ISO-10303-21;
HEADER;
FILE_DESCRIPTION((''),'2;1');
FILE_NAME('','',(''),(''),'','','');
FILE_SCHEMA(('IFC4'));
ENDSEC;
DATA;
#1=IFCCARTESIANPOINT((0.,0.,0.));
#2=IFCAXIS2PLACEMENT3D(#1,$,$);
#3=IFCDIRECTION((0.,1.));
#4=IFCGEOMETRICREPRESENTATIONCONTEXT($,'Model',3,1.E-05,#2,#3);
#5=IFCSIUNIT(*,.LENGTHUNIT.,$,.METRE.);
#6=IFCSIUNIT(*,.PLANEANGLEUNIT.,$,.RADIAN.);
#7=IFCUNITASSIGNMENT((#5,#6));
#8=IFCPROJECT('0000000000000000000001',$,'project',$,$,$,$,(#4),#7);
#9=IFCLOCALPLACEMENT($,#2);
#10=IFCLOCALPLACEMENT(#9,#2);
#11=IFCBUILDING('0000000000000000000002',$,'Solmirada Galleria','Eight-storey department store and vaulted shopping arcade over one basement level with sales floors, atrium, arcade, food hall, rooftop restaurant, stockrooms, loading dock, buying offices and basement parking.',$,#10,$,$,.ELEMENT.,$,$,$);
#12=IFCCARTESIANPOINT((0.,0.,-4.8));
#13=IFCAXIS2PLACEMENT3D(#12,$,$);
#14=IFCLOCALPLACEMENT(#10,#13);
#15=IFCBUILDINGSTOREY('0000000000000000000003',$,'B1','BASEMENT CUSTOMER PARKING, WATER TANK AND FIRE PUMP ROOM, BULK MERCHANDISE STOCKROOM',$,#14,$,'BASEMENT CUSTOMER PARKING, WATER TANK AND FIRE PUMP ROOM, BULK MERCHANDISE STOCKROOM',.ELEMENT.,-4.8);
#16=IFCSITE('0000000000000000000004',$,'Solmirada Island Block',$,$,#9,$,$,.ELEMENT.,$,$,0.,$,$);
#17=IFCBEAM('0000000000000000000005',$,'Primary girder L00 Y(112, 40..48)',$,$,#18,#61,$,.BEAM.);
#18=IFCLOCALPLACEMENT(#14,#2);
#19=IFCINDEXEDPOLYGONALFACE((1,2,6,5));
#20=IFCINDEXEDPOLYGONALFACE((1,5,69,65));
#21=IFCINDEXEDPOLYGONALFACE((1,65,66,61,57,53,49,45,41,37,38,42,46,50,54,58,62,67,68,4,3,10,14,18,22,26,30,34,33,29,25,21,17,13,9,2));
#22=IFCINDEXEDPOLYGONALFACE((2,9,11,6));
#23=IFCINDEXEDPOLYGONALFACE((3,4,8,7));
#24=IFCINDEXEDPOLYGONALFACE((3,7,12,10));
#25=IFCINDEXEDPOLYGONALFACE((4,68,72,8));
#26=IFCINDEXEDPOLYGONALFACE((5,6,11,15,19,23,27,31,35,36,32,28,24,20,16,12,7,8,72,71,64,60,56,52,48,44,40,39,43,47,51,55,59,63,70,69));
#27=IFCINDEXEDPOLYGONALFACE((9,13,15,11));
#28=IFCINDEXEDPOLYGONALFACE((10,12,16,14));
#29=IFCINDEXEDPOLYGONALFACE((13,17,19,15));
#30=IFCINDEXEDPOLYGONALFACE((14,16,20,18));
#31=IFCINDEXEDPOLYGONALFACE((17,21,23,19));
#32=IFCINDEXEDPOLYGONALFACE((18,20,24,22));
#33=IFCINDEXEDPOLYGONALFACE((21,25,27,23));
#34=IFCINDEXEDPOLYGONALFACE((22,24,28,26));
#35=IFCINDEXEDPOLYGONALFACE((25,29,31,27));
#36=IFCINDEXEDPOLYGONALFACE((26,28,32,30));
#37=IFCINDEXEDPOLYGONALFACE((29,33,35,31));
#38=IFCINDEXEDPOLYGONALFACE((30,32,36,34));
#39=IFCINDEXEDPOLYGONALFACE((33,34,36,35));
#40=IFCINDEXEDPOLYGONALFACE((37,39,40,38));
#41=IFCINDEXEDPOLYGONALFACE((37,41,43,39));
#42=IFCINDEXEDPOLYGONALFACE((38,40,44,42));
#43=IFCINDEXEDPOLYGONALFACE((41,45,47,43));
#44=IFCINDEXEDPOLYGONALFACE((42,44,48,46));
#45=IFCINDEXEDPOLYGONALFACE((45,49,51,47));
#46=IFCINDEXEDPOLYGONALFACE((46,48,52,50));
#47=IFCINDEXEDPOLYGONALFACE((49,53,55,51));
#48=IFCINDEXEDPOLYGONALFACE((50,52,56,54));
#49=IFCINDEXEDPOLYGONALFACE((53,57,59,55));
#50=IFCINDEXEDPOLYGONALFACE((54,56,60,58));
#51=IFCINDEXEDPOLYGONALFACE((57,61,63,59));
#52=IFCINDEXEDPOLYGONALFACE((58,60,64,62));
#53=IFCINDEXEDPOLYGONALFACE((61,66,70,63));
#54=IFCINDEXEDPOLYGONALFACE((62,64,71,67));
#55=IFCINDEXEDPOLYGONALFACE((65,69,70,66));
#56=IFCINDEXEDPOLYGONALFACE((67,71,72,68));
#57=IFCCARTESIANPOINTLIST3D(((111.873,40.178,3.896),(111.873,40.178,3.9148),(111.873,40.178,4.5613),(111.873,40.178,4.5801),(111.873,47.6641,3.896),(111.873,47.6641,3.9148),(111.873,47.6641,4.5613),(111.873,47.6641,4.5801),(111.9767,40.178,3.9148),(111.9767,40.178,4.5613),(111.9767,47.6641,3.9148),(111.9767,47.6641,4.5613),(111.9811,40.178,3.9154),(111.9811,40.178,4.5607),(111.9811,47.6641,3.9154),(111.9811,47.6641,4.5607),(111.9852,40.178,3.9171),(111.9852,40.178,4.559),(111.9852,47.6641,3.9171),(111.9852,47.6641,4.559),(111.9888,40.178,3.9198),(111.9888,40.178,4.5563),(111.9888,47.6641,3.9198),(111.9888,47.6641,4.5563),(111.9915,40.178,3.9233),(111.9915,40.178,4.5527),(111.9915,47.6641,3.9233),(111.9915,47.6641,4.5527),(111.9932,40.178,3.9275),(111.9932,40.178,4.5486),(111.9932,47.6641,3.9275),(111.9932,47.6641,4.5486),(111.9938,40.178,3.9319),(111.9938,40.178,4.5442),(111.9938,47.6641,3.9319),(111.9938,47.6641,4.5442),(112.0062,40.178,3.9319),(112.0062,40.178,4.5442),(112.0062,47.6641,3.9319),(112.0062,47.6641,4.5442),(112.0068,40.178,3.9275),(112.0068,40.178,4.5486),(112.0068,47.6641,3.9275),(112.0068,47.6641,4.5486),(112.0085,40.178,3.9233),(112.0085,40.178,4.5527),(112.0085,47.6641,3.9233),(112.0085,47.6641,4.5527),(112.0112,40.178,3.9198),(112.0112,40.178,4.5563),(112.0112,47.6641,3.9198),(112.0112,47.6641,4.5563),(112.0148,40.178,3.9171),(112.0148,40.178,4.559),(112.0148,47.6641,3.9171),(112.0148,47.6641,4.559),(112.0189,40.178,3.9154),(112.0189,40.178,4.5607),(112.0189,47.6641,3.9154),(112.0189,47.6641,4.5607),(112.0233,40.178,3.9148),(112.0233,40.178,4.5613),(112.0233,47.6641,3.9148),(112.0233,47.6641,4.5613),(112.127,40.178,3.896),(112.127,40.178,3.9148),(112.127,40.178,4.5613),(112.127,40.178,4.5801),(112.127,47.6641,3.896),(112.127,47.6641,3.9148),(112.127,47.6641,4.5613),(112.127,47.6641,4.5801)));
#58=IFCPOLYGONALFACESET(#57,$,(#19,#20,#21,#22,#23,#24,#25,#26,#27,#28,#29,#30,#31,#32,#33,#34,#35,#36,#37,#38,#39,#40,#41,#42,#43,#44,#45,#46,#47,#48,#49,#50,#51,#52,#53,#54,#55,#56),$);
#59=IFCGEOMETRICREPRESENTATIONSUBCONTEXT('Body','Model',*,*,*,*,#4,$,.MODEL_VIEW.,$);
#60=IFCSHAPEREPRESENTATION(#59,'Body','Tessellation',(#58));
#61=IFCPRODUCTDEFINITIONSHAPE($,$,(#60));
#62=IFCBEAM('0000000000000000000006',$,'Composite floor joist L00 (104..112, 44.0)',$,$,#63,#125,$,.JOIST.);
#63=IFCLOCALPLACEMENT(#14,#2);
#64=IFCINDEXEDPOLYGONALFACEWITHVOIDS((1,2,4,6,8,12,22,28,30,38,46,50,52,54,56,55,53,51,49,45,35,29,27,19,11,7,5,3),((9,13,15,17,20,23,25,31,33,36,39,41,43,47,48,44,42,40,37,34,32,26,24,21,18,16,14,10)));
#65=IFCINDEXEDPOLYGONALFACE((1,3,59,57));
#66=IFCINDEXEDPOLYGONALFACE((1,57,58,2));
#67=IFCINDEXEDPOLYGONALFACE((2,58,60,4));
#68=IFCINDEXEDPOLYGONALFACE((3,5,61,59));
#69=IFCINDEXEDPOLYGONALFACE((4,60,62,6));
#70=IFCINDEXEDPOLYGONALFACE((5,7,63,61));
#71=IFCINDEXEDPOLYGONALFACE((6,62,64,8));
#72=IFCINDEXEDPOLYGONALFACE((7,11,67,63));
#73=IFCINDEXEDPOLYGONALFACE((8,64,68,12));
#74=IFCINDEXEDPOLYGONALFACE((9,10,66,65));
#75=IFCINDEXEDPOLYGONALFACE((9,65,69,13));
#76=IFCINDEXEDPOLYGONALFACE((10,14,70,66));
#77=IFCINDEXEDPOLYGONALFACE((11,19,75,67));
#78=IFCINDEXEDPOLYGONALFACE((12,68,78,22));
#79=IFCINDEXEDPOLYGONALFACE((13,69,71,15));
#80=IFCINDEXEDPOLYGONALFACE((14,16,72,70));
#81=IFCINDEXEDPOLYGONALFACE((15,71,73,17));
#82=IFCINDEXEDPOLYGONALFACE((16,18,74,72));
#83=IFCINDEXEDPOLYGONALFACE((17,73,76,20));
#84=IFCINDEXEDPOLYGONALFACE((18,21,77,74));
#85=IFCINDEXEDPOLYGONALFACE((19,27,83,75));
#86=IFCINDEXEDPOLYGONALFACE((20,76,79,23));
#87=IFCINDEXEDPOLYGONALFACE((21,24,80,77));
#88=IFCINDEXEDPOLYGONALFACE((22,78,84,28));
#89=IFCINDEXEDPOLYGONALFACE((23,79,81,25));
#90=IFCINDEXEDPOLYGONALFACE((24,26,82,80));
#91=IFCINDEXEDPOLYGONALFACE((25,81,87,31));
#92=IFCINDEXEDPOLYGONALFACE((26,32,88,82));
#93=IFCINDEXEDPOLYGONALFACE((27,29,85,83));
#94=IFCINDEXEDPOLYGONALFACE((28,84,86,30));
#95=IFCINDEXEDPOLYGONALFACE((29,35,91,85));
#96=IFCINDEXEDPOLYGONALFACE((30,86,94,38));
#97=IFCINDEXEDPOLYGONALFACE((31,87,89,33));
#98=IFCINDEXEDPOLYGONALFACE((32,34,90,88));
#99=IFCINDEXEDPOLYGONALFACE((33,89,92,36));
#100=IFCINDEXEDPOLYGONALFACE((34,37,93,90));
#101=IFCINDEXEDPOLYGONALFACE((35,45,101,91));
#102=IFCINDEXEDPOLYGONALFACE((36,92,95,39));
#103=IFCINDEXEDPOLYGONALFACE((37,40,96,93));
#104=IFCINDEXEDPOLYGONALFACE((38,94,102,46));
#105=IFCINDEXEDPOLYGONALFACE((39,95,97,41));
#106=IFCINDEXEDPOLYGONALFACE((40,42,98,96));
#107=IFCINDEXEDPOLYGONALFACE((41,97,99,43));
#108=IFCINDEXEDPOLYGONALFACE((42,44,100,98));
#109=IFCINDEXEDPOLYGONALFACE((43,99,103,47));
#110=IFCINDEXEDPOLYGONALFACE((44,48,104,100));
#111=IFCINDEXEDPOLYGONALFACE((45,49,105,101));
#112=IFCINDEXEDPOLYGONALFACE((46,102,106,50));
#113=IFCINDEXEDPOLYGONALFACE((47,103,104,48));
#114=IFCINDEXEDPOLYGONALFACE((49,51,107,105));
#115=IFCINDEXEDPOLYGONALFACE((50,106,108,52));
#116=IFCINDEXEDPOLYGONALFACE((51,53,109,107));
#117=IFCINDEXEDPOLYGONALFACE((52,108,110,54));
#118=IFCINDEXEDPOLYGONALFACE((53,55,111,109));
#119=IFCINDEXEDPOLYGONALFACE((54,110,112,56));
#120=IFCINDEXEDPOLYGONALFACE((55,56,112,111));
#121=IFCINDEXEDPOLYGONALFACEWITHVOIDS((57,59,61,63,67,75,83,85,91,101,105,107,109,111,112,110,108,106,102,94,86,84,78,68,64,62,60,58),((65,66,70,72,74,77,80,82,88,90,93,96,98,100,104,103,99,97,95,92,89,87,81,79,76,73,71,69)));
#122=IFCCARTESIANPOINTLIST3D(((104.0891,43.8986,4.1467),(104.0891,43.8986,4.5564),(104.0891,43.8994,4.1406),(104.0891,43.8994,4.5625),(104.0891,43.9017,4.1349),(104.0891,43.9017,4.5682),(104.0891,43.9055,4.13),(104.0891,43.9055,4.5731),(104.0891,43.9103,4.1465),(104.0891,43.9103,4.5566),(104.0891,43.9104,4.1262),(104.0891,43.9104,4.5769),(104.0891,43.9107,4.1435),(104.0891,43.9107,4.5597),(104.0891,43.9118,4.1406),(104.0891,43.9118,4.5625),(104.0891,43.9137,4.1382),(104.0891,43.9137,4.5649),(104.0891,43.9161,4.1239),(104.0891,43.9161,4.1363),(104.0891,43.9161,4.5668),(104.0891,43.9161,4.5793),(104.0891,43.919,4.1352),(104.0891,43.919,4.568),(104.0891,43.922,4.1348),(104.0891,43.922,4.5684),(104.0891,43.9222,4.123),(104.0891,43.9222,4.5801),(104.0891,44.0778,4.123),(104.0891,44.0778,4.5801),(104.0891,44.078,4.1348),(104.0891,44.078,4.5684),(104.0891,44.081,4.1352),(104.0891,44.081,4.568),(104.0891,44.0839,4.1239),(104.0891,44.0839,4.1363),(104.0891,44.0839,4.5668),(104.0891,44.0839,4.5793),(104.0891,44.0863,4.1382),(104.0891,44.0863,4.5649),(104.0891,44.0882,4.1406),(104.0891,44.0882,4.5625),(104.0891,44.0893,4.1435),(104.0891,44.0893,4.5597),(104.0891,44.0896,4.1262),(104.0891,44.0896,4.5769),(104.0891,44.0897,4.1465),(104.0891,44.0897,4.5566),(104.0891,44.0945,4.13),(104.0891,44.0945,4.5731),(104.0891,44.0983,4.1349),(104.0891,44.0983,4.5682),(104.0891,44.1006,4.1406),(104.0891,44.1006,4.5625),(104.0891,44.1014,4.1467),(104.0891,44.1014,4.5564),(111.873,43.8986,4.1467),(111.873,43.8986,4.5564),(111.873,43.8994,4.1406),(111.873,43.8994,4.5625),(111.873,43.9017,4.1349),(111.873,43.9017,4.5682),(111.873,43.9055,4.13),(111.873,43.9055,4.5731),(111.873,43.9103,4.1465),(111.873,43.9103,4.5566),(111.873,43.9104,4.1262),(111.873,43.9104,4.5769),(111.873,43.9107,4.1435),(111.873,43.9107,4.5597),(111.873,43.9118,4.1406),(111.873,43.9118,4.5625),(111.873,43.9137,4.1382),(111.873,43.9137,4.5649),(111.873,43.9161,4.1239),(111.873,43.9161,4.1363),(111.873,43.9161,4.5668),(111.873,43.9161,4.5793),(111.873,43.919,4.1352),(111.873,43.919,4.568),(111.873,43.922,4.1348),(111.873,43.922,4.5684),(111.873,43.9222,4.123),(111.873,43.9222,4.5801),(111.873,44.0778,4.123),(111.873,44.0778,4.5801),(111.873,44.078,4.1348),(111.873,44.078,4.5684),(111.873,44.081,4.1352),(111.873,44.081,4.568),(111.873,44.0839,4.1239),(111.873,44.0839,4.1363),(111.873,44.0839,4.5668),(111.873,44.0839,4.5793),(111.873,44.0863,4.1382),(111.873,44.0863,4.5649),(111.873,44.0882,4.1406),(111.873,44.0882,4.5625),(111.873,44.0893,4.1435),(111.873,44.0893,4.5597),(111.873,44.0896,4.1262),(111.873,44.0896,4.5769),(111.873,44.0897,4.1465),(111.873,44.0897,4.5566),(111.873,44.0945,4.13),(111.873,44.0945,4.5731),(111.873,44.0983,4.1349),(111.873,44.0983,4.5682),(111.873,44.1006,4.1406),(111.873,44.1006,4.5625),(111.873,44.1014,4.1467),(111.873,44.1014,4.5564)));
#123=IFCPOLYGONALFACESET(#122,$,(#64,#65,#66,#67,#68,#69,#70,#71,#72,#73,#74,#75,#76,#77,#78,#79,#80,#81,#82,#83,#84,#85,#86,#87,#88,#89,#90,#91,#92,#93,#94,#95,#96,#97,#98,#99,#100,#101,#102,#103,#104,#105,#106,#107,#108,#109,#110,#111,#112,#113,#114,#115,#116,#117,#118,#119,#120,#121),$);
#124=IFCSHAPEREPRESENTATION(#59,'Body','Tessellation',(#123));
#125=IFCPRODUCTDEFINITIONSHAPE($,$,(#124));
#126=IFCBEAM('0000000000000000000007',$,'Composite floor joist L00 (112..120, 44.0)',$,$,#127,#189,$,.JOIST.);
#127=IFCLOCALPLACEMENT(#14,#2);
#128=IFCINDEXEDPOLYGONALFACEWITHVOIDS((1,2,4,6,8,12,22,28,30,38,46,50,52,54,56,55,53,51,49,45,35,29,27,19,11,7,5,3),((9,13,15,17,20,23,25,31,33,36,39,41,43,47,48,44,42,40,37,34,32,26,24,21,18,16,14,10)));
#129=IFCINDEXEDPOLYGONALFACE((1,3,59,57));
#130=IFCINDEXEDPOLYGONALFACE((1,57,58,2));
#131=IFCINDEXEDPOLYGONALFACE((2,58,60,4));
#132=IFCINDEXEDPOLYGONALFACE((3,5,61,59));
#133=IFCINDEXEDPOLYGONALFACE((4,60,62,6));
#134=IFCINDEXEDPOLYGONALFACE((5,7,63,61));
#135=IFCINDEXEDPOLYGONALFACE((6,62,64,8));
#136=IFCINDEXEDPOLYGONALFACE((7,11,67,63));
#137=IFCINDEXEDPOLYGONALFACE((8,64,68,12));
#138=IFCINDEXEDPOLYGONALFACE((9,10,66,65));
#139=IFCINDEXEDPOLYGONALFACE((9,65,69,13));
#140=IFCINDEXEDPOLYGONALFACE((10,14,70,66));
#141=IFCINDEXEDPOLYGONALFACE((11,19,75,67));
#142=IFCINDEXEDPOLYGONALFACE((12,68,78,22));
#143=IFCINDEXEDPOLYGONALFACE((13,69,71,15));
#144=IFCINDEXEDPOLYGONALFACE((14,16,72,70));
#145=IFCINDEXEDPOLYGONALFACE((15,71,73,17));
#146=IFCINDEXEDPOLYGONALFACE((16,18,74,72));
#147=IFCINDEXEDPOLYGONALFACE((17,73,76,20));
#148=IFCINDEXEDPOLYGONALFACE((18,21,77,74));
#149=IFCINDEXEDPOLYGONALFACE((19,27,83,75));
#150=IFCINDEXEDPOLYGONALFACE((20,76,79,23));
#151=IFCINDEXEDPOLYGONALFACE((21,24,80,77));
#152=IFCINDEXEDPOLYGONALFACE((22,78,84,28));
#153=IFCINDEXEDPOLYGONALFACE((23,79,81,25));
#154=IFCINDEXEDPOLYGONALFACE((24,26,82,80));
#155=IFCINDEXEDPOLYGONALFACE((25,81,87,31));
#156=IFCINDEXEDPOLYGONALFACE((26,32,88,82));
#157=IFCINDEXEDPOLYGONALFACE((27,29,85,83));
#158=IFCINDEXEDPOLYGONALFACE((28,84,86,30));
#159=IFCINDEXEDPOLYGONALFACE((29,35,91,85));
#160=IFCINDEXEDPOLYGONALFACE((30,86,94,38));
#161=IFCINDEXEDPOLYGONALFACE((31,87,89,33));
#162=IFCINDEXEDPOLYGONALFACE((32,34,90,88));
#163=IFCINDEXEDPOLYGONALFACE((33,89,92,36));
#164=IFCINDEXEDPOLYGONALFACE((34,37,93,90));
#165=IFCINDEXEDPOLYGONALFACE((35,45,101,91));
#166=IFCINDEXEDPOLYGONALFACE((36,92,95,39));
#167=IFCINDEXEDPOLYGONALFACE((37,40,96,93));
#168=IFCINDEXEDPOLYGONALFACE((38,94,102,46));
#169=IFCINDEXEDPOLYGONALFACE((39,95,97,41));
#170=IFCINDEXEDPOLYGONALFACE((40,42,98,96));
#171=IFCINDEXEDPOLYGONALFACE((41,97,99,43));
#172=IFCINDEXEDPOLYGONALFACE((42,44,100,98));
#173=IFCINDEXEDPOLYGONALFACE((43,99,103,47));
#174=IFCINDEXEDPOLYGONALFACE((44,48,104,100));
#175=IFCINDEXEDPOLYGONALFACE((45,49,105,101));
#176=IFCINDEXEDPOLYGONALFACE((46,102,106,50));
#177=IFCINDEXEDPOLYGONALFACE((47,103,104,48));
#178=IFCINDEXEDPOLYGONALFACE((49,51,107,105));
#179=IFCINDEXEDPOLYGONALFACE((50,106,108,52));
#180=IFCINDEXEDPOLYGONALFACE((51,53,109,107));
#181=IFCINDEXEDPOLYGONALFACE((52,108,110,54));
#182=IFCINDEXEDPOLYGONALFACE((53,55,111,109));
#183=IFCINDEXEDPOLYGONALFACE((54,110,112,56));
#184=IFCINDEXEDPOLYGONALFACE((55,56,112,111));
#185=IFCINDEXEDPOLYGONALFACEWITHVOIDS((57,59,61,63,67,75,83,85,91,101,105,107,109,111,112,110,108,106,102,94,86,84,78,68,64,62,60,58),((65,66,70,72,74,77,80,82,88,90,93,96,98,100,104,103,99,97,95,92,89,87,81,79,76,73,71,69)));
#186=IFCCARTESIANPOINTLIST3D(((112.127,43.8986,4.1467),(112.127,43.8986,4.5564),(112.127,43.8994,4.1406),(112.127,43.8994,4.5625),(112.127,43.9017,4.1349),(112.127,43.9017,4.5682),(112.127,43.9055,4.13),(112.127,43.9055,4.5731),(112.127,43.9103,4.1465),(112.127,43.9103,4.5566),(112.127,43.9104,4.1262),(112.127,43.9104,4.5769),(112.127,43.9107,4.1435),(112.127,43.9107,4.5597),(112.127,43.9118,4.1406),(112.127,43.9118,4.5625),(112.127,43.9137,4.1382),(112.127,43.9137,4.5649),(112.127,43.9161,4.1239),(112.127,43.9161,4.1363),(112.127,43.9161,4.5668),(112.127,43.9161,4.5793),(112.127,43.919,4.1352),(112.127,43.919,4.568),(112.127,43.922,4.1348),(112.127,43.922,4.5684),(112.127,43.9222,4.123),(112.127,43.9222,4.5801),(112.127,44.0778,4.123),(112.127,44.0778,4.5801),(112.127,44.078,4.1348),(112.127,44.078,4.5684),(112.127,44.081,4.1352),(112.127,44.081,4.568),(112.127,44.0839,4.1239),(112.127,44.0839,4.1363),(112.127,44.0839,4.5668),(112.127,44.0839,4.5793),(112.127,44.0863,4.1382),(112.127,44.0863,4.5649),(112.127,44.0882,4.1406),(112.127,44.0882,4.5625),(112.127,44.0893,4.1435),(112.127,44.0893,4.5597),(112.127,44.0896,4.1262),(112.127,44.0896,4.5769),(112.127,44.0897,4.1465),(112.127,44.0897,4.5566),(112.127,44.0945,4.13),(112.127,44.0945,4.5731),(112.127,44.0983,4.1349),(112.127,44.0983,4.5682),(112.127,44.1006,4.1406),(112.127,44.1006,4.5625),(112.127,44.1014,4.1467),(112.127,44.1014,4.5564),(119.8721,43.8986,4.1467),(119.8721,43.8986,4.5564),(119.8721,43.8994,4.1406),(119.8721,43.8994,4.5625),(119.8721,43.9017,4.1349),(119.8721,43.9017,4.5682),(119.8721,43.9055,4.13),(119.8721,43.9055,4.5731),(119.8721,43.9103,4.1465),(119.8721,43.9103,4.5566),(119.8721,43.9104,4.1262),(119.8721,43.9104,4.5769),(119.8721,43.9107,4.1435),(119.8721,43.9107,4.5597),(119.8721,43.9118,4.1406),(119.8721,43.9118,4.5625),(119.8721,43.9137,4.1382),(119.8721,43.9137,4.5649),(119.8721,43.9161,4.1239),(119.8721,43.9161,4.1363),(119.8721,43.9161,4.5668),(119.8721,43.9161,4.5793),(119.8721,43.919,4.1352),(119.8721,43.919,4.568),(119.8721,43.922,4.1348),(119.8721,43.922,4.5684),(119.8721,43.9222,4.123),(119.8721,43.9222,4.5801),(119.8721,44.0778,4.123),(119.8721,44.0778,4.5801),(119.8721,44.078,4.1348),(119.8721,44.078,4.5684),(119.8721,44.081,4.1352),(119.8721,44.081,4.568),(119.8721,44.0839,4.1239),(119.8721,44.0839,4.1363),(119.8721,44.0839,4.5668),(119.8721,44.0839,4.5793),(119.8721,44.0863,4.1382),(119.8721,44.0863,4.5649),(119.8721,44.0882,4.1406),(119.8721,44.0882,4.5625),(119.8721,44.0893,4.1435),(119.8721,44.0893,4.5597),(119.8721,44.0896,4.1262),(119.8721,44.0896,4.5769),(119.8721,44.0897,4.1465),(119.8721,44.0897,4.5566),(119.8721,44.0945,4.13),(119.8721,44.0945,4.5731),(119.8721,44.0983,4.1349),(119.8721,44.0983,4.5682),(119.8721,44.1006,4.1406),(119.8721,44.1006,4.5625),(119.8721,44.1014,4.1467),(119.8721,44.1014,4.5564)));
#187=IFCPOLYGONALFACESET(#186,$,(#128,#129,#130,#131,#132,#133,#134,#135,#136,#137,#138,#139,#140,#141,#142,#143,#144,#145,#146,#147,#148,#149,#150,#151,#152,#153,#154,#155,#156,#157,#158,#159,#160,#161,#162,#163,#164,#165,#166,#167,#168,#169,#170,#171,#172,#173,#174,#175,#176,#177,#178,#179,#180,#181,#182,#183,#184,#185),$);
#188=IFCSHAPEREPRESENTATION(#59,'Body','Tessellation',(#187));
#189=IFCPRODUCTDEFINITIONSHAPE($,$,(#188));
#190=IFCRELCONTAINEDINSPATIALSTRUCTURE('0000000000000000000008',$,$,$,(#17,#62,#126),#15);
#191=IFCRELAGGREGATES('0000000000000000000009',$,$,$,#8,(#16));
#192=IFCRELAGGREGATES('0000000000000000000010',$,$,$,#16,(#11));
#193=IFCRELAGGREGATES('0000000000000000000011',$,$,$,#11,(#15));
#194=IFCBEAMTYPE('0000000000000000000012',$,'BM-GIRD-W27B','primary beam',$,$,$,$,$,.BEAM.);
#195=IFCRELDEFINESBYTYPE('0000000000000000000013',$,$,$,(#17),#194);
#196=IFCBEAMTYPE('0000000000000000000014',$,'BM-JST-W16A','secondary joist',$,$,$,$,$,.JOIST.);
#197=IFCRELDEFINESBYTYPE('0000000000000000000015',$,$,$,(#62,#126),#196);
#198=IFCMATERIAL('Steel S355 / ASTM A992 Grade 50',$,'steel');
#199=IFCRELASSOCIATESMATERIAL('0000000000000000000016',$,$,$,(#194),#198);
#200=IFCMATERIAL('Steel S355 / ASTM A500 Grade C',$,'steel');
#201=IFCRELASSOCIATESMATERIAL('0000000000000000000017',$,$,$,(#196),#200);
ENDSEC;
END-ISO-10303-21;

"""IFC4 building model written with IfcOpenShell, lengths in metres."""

from ifc_helpers import new_model, si_unit, direction, frame, origin, origin_2d, place, context, subcontext, project, spatial, hollow_rectangle, i_section, extrude, material, material_profile, profile_set, type_object, element, save


model = new_model("IFC4")

# Units and contexts
model_context = context("Model", 3, precision=1e-05, world=origin(), true_north=direction((0.0, 1.0)))
body_context = subcontext(model_context, "Body", "Model", "MODEL_VIEW")
ifc_project = project(units=[si_unit("LENGTHUNIT", "METRE"), si_unit("PLANEANGLEUNIT", "RADIAN")], contexts=[model_context])

# Site, building, storey
site_placement = place(None, origin())
site = spatial("IfcSite", under=ifc_project, at=site_placement, Name="Solmirada Island Block", CompositionType="ELEMENT", RefElevation=0.0)
building_placement = place(site_placement, origin())
building = spatial("IfcBuilding", under=site, at=building_placement, Name="Solmirada Galleria", Description="Eight-storey department store and vaulted shopping arcade over one basement level with sales floors, atrium, arcade, food hall, rooftop restaurant, stockrooms, loading dock, buying offices and basement parking.", CompositionType="ELEMENT")
storey_placement = place(building_placement, frame((0.0, 0.0, -4.8)))
storey = spatial("IfcBuildingStorey", under=building, at=storey_placement, Name="B1", Description="BASEMENT CUSTOMER PARKING, WATER TANK AND FIRE PUMP ROOM, BULK MERCHANDISE STOCKROOM", LongName="BASEMENT CUSTOMER PARKING, WATER TANK AND FIRE PUMP ROOM, BULK MERCHANDISE STOCKROOM", CompositionType="ELEMENT", Elevation=-4.8)

# Beams
ifc_material_1 = material(Name="Steel S355 / ASTM A992 Grade 50", Category="steel")
ifc_material_profile_1 = material_profile(ifc_material_1, i_section(OverallWidth=0.2539, OverallDepth=0.6841, WebThickness=0.0125, FlangeThickness=0.0188, FilletRadius=0.0171, at=origin_2d()), Name="W27X94")
ifc_profile_set_1 = profile_set([ifc_material_profile_1], Name="Steel S355 / ASTM A992 Grade 50")
beam_type_1 = type_object("IfcBeamType", Name="BM-GIRD-W27B", Description="primary beam", PredefinedType="BEAM", material=ifc_profile_set_1)
beam_1_placement = place(storey_placement, frame((112.0, 40.178, 4.238), z_axis=(0.0, 1.0, 0.0), x_axis=(-1.0, 0.0, 0.0)))
element("IfcBeam", 1, at=beam_1_placement, inside=storey, type_object=beam_type_1, Name="Primary girder L00 Y(112, 40..48)", PredefinedType="BEAM", context=body_context, shape_type="SweptSolid", body=[
    extrude(i_section(OverallWidth=0.2539, OverallDepth=0.6841, WebThickness=0.0125, FlangeThickness=0.0188, FilletRadius=0.0171, at=origin_2d()), origin(), (0.0, 0.0, 1.0), 7.4861),
])
ifc_material_2 = material(Name="Steel S355 / ASTM A500 Grade C", Category="steel")
ifc_material_profile_2 = material_profile(ifc_material_2, hollow_rectangle(XDim=0.2029, YDim=0.457, WallThickness=0.0117, InnerFilletRadius=0.0117, OuterFilletRadius=0.0237, at=origin_2d()), Name="HSS18X8X1/2")
ifc_profile_set_2 = profile_set([ifc_material_profile_2], Name="Steel S355 / ASTM A500 Grade C")
beam_type_2 = type_object("IfcBeamType", Name="BM-JST-W16A", Description="secondary joist", PredefinedType="JOIST", material=ifc_profile_set_2)
beam_2_placement = place(storey_placement, frame((104.0891, 44.0, 4.3516), z_axis=(1.0, 0.0, 0.0), x_axis=(0.0, 1.0, 0.0)))
element("IfcBeam", 2, at=beam_2_placement, inside=storey, type_object=beam_type_2, Name="Composite floor joist L00 (104..112, 44.0)", PredefinedType="JOIST", context=body_context, shape_type="SweptSolid", body=[
    extrude(hollow_rectangle(XDim=0.2029, YDim=0.457, WallThickness=0.0117, InnerFilletRadius=0.0117, OuterFilletRadius=0.0237, at=origin_2d()), origin(), (0.0, 0.0, 1.0), 7.7839),
])
beam_3_placement = place(storey_placement, frame((112.127, 44.0, 4.3516), z_axis=(1.0, 0.0, 0.0), x_axis=(0.0, 1.0, 0.0)))
element("IfcBeam", 3, at=beam_3_placement, inside=storey, type_object=beam_type_2, Name="Composite floor joist L00 (112..120, 44.0)", PredefinedType="JOIST", context=body_context, shape_type="SweptSolid", body=[
    extrude(hollow_rectangle(XDim=0.2029, YDim=0.457, WallThickness=0.0117, InnerFilletRadius=0.0117, OuterFilletRadius=0.0237, at=origin_2d()), origin(), (0.0, 0.0, 1.0), 7.7451),
])

save(model, "model.ifc")
